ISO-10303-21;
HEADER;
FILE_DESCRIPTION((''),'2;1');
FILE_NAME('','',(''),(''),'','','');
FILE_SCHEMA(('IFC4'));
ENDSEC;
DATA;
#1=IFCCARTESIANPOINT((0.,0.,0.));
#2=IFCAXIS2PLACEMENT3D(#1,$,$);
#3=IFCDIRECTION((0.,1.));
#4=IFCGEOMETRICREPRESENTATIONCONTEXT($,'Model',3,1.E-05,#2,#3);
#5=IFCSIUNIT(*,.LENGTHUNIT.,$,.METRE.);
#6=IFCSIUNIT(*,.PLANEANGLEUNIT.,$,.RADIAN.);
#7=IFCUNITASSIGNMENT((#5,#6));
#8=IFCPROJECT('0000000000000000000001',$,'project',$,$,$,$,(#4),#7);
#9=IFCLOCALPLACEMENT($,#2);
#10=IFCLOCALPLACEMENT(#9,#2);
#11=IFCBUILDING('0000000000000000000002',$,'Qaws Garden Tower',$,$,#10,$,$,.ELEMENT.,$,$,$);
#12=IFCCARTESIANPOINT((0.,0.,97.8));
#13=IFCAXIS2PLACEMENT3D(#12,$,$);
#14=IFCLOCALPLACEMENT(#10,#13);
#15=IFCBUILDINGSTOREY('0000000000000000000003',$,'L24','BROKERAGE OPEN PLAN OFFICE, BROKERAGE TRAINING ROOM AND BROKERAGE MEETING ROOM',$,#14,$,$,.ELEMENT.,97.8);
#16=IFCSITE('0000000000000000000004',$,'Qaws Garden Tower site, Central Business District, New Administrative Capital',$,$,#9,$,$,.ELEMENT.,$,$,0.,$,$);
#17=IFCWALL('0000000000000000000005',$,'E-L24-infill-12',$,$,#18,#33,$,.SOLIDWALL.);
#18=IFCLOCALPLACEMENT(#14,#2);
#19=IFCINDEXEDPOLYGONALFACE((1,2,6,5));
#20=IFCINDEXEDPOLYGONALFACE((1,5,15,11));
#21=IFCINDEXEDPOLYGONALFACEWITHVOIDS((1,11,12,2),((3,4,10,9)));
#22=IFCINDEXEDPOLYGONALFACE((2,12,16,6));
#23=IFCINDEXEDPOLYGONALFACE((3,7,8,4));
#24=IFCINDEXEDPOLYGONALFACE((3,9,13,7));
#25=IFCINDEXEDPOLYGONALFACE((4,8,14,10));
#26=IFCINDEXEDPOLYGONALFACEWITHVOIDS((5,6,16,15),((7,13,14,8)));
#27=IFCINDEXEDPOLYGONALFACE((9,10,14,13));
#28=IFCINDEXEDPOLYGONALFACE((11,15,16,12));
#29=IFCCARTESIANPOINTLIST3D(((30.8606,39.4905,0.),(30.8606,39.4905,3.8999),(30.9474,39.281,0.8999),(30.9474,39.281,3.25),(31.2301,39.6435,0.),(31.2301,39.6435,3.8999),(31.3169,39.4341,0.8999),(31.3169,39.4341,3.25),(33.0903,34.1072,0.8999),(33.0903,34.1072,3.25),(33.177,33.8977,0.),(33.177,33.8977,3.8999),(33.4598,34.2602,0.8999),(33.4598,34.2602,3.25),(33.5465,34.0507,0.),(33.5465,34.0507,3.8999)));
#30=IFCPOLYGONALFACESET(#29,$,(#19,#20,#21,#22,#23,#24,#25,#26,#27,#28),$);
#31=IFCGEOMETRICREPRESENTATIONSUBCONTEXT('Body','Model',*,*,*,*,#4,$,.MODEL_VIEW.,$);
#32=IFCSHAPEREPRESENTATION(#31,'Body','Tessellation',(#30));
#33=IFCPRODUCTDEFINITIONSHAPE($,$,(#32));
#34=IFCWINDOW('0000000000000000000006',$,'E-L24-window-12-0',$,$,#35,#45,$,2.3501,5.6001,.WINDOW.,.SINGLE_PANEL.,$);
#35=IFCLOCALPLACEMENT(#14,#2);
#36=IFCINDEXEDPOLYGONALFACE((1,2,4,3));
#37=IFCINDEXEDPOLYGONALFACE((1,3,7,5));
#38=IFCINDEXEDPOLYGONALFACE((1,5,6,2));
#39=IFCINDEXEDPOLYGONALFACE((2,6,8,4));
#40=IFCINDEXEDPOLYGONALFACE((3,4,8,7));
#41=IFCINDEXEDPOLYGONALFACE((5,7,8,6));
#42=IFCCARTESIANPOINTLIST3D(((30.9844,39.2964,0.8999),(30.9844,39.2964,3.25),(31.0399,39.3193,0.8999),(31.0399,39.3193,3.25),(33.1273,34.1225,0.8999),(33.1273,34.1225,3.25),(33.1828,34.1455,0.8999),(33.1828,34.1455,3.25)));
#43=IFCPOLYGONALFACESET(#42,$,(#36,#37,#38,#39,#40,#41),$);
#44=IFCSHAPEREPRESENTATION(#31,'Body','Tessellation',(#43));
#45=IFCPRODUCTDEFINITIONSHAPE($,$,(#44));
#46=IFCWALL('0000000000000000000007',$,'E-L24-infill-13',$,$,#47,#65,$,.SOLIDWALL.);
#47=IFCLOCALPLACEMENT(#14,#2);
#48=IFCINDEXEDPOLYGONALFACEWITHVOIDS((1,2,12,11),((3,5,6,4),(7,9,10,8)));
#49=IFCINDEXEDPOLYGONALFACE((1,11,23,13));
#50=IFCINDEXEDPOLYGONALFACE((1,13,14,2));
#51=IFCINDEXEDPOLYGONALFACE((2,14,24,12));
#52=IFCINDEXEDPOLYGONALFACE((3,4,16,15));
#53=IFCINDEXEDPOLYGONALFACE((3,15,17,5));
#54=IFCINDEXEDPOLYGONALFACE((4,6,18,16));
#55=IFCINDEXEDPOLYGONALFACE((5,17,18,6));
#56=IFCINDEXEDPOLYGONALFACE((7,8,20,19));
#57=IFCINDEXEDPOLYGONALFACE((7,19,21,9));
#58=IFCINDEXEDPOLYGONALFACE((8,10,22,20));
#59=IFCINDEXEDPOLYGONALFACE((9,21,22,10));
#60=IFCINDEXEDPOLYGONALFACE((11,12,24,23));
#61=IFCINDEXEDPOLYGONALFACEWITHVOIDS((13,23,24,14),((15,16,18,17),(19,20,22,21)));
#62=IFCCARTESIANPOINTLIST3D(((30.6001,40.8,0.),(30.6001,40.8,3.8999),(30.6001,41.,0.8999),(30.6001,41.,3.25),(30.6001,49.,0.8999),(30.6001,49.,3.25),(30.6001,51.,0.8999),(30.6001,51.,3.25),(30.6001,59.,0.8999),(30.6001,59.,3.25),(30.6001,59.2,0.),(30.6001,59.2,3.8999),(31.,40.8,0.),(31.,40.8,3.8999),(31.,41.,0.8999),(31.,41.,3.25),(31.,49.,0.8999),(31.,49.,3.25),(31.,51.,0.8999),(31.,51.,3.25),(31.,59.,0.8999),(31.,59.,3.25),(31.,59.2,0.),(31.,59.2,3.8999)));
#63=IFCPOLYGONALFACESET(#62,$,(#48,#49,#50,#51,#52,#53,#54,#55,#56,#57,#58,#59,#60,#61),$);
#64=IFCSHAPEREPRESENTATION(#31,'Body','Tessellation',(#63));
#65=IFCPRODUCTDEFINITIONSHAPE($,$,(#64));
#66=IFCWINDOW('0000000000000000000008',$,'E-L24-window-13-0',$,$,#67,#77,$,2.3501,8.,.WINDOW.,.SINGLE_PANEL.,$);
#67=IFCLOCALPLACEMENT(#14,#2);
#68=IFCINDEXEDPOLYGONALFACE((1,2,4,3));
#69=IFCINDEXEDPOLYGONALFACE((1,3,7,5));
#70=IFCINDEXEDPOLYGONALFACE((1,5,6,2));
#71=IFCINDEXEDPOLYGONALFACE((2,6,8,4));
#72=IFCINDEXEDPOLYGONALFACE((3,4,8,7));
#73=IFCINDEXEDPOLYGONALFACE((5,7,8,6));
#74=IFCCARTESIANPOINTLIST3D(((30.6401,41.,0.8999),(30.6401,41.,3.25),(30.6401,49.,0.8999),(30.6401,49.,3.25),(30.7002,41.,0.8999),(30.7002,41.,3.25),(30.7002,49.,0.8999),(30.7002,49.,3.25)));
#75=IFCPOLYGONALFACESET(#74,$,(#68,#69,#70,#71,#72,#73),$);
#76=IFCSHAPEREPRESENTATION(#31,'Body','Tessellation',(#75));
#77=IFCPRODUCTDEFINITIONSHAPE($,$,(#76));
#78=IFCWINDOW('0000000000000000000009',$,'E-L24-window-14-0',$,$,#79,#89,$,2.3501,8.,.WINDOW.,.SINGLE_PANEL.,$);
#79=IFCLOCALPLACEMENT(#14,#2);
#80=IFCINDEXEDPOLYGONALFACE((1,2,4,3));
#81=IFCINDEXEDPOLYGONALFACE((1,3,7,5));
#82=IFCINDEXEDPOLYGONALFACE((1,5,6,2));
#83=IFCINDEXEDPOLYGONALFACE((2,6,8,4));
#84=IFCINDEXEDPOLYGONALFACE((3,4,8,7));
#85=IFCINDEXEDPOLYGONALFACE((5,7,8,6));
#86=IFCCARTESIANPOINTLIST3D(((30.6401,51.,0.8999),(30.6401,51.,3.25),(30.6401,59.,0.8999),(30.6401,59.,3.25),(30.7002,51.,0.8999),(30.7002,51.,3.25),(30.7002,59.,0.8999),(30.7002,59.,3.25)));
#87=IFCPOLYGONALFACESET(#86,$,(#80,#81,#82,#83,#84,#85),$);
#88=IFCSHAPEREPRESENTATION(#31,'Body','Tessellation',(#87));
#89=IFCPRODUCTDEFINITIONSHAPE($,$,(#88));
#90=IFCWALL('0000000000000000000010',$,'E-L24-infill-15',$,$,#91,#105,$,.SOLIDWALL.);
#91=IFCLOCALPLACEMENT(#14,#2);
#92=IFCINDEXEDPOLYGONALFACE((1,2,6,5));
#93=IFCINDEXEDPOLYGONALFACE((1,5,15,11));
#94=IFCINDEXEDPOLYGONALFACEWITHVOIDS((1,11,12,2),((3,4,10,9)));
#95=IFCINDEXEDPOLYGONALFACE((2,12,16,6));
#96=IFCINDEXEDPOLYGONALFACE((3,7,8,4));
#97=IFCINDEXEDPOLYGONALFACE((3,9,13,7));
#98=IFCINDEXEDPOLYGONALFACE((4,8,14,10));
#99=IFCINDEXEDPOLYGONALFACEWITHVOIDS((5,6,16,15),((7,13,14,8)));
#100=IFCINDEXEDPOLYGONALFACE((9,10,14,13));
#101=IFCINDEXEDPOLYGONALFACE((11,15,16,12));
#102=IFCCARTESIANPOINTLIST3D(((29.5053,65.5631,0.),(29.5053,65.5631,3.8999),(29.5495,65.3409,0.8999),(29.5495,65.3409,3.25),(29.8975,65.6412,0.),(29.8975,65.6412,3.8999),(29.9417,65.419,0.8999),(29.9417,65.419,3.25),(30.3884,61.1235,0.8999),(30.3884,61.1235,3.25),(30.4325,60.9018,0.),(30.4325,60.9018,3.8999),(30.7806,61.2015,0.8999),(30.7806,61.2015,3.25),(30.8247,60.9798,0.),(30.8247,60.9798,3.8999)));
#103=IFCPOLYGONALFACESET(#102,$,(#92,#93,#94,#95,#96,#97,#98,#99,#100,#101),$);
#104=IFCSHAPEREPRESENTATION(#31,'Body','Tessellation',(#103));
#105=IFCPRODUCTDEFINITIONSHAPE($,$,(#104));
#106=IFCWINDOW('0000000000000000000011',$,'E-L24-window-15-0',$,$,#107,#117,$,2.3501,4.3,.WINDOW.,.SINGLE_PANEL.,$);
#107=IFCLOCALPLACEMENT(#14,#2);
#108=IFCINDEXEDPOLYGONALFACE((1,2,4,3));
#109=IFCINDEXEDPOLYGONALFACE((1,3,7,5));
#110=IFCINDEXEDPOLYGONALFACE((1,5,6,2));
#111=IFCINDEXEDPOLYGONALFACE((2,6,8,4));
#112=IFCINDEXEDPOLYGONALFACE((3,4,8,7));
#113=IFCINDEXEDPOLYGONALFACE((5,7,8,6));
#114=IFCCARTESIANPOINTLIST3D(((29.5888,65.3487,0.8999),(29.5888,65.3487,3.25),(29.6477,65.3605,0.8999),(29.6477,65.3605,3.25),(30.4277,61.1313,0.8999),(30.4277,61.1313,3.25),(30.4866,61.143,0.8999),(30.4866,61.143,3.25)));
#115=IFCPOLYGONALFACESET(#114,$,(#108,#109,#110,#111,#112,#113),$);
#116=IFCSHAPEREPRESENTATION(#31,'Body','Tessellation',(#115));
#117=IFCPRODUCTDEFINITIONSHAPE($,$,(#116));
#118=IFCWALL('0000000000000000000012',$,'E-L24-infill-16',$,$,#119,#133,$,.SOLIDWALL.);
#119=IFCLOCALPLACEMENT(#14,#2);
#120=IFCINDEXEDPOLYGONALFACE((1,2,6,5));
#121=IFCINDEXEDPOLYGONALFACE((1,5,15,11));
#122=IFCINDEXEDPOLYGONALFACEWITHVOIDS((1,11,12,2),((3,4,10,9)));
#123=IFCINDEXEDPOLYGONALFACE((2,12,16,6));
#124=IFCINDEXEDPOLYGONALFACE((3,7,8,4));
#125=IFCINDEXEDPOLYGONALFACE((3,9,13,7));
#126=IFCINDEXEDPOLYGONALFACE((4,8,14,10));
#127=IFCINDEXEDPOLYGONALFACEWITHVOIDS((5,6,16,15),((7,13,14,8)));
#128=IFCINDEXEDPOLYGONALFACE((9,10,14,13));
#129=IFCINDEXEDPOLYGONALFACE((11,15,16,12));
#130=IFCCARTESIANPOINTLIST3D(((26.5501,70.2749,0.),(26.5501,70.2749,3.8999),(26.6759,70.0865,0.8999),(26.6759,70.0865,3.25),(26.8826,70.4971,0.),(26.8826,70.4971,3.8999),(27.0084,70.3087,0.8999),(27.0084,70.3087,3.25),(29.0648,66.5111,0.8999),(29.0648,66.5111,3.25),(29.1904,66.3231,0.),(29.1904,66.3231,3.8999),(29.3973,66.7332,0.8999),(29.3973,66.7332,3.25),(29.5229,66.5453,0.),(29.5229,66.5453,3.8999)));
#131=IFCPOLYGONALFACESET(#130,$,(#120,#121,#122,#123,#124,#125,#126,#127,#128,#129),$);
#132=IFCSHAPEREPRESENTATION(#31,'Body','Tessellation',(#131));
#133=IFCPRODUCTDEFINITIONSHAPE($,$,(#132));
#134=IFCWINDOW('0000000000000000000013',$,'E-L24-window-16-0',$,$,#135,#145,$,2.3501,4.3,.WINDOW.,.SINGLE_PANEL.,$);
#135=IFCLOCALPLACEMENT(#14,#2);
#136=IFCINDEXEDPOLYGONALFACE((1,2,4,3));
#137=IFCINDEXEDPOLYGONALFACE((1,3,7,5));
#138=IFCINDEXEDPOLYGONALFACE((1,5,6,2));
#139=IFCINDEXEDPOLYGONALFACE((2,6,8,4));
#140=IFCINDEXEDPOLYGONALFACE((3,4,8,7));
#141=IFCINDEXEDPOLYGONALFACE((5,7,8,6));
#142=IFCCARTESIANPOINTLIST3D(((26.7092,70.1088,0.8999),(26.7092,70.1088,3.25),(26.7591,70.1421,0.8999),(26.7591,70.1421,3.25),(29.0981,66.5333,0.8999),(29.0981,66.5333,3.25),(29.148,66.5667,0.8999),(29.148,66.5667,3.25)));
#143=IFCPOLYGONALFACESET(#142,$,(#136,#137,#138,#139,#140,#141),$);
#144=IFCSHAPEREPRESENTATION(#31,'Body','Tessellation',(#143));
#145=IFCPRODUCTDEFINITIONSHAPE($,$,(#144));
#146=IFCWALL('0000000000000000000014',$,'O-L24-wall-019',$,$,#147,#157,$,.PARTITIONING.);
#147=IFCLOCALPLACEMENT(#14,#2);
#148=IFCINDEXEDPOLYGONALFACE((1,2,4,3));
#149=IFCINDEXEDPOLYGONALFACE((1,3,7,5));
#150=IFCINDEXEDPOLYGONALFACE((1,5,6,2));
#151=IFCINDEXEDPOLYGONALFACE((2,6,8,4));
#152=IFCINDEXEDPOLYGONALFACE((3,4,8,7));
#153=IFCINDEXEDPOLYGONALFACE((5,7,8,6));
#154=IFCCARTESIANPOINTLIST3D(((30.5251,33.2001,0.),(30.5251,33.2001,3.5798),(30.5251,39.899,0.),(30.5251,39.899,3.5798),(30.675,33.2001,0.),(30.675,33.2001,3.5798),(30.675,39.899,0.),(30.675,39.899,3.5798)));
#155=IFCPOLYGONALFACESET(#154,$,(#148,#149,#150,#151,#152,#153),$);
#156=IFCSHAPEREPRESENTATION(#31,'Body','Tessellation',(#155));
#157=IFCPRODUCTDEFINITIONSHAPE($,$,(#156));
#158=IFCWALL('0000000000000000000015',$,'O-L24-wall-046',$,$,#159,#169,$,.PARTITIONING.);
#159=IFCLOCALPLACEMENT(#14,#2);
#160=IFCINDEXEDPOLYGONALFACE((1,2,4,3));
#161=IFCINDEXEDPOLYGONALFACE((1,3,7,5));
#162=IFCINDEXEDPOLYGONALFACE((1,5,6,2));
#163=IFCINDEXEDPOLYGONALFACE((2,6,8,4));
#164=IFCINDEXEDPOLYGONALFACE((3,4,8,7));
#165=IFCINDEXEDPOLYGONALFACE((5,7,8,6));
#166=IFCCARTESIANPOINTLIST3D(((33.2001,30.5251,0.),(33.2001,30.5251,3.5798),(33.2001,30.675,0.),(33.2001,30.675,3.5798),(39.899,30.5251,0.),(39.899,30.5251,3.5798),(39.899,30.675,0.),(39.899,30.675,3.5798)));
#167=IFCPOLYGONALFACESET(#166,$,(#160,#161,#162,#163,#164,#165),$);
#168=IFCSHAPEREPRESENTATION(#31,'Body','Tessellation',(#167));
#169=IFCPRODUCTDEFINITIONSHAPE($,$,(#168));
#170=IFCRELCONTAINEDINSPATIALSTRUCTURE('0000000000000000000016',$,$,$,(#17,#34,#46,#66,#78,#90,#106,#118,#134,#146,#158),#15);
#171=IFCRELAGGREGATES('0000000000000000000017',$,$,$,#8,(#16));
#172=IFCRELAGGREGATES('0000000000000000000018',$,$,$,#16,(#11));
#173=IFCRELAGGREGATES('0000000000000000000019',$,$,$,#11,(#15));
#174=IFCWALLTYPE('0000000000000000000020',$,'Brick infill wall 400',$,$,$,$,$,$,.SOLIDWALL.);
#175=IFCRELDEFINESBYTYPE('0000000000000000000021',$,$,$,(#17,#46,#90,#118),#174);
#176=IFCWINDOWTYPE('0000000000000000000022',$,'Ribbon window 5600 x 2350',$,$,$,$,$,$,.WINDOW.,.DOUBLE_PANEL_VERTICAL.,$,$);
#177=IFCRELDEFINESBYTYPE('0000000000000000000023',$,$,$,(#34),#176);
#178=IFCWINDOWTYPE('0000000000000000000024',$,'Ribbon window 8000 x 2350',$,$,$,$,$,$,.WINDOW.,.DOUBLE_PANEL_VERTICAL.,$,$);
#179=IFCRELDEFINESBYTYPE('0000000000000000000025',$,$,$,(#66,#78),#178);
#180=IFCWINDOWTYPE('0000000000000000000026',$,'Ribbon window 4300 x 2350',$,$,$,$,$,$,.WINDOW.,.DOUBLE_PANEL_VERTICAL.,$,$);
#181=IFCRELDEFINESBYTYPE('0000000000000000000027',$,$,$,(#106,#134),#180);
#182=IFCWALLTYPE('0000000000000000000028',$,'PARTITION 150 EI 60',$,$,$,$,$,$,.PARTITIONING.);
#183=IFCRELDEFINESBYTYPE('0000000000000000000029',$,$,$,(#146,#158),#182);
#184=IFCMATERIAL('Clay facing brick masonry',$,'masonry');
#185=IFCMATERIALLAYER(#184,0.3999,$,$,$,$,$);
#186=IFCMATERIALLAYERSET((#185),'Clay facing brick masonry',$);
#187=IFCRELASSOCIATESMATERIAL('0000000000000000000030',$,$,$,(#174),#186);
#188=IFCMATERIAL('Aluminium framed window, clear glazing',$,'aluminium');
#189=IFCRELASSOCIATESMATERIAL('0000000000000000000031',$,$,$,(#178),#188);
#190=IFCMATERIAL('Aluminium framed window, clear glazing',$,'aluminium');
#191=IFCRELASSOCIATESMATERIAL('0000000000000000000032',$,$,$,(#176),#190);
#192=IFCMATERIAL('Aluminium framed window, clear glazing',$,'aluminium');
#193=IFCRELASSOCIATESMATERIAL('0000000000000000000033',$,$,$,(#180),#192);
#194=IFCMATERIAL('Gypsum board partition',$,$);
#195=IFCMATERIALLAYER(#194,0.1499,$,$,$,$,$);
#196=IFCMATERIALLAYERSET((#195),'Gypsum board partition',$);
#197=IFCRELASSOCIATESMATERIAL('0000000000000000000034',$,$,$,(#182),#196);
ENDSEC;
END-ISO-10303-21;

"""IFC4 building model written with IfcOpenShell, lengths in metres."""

from ifc_helpers import new_model, si_unit, direction, frame, frame_2d, origin, place, context, subcontext, project, spatial, rectangle, extrude, material, layer, layer_set, type_object, element, fill, save


model = new_model("IFC4")

# Units and contexts
model_context = context("Model", 3, precision=1e-05, world=origin(), true_north=direction((0.0, 1.0)))
body_context = subcontext(model_context, "Body", "Model", "MODEL_VIEW")
ifc_project = project(units=[si_unit("LENGTHUNIT", "METRE"), si_unit("PLANEANGLEUNIT", "RADIAN")], contexts=[model_context])

# Site, building, storey
site_placement = place(None, origin())
site = spatial("IfcSite", under=ifc_project, at=site_placement, Name="Qaws Garden Tower site, Central Business District, New Administrative Capital", CompositionType="ELEMENT", RefElevation=0.0)
building_placement = place(site_placement, origin())
building = spatial("IfcBuilding", under=site, at=building_placement, Name="Qaws Garden Tower", CompositionType="ELEMENT")
storey_placement = place(building_placement, frame((0.0, 0.0, 97.8)))
storey = spatial("IfcBuildingStorey", under=building, at=storey_placement, Name="L24", Description="BROKERAGE OPEN PLAN OFFICE, BROKERAGE TRAINING ROOM AND BROKERAGE MEETING ROOM", CompositionType="ELEMENT", Elevation=97.8)

# Shared definitions
ifc_material_1 = material(Name="Clay facing brick masonry", Category="masonry")
ifc_layer_1 = layer(ifc_material_1, 0.3999)
ifc_layer_set_1 = layer_set([ifc_layer_1], Name="Clay facing brick masonry")
wall_type_1 = type_object("IfcWallType", Name="Brick infill wall 400", PredefinedType="SOLIDWALL", material=ifc_layer_set_1)
ifc_material_2 = material(Name="Aluminium framed window, clear glazing", Category="aluminium")
window_type_1 = type_object("IfcWindowType", Name="Ribbon window 8000 x 2350", PartitioningType="DOUBLE_PANEL_VERTICAL", PredefinedType="WINDOW", material=ifc_material_2)

# Wall, opening, window
ifc_material_3 = material(Name="Aluminium framed window, clear glazing", Category="aluminium")
window_type_2 = type_object("IfcWindowType", Name="Ribbon window 5600 x 2350", PartitioningType="DOUBLE_PANEL_VERTICAL", PredefinedType="WINDOW", material=ifc_material_3)
wall_1_placement = place(storey_placement, frame((33.3618, 33.9741, 0.0), z_axis=(0.0, 0.0, 1.0), x_axis=(-0.382656, 0.923891, 0.0)))
wall_1 = element("IfcWall", 1, at=wall_1_placement, inside=storey, type_object=wall_type_1, Name="E-L24-infill-12", PredefinedType="SOLIDWALL", context=body_context, shape_type="SweptSolid", body=[
    extrude(rectangle(XDim=6.0535, YDim=0.3999, at=frame_2d((3.0269, 0.0))), origin(), (0.0, 0.0, 1.0), 3.8999),
])
opening_1_placement = place(wall_1_placement, frame((0.2268, 0.0, 0.8999)))
opening_1 = element("IfcOpeningElement", 2, at=opening_1_placement, cuts=wall_1, PredefinedType="OPENING", context=body_context, shape_type="SweptSolid", body=[
    extrude(rectangle(XDim=5.6001, YDim=2.3501, at=frame_2d((2.8, 1.175))), frame((0.0, 0.21, 0.0), z_axis=(0.0, -1.0, 0.0), x_axis=(1.0, 0.0, 0.0)), (0.0, 0.0, 1.0), 0.4199),
])
window_1_placement = place(opening_1_placement, origin())
window_1 = element("IfcWindow", 3, at=window_1_placement, inside=storey, type_object=window_type_2, Name="E-L24-window-12-0", OverallHeight=2.3501, OverallWidth=5.6001, PartitioningType="SINGLE_PANEL", PredefinedType="WINDOW", context=body_context, shape_type="SweptSolid", body=[
    extrude(rectangle(XDim=5.6001, YDim=2.3501, at=frame_2d((2.8, 1.175))), frame((0.0, 0.1599, 0.0), z_axis=(0.0, -1.0, 0.0), x_axis=(1.0, 0.0, 0.0)), (0.0, 0.0, 1.0), 0.0601),
])
fill(opening_1, window_1)

# Wall, openings, windows
wall_2_placement = place(storey_placement, frame((30.8, 40.8, 0.0), z_axis=(0.0, 0.0, 1.0), x_axis=(0.0, 1.0, 0.0)))
wall_2 = element("IfcWall", 4, at=wall_2_placement, inside=storey, type_object=wall_type_1, Name="E-L24-infill-13", PredefinedType="SOLIDWALL", context=body_context, shape_type="SweptSolid", body=[
    extrude(rectangle(XDim=18.3999, YDim=0.3999, at=frame_2d((9.2, 0.0))), origin(), (0.0, 0.0, 1.0), 3.8999),
])
opening_2_placement = place(wall_2_placement, frame((0.2, 0.0, 0.8999)))
opening_2 = element("IfcOpeningElement", 5, at=opening_2_placement, cuts=wall_2, PredefinedType="OPENING", context=body_context, shape_type="SweptSolid", body=[
    extrude(rectangle(XDim=8.0, YDim=2.3501, at=frame_2d((4.0, 1.175))), frame((0.0, 0.21, 0.0), z_axis=(0.0, -1.0, 0.0), x_axis=(1.0, 0.0, 0.0)), (0.0, 0.0, 1.0), 0.4199),
])
opening_3_placement = place(wall_2_placement, frame((10.2, 0.0, 0.8999)))
opening_3 = element("IfcOpeningElement", 6, at=opening_3_placement, cuts=wall_2, PredefinedType="OPENING", context=body_context, shape_type="SweptSolid", body=[
    extrude(rectangle(XDim=8.0, YDim=2.3501, at=frame_2d((4.0, 1.175))), frame((0.0, 0.21, 0.0), z_axis=(0.0, -1.0, 0.0), x_axis=(1.0, 0.0, 0.0)), (0.0, 0.0, 1.0), 0.4199),
])
window_2_placement = place(opening_2_placement, origin())
window_2 = element("IfcWindow", 7, at=window_2_placement, inside=storey, type_object=window_type_1, Name="E-L24-window-13-0", OverallHeight=2.3501, OverallWidth=8.0, PartitioningType="SINGLE_PANEL", PredefinedType="WINDOW", context=body_context, shape_type="SweptSolid", body=[
    extrude(rectangle(XDim=8.0, YDim=2.3501, at=frame_2d((4.0, 1.175))), frame((0.0, 0.1599, 0.0), z_axis=(0.0, -1.0, 0.0), x_axis=(1.0, 0.0, 0.0)), (0.0, 0.0, 1.0), 0.0601),
])
fill(opening_2, window_2)
window_3_placement = place(opening_3_placement, origin())
window_3 = element("IfcWindow", 8, at=window_3_placement, inside=storey, type_object=window_type_1, Name="E-L24-window-14-0", OverallHeight=2.3501, OverallWidth=8.0, PartitioningType="SINGLE_PANEL", PredefinedType="WINDOW", context=body_context, shape_type="SweptSolid", body=[
    extrude(rectangle(XDim=8.0, YDim=2.3501, at=frame_2d((4.0, 1.175))), frame((0.0, 0.1599, 0.0), z_axis=(0.0, -1.0, 0.0), x_axis=(1.0, 0.0, 0.0)), (0.0, 0.0, 1.0), 0.0601),
])
fill(opening_3, window_3)

# Walls, openings, windows
wall_3_placement = place(storey_placement, frame((30.6287, 60.9407, 0.0), z_axis=(0.0, 0.0, 1.0), x_axis=(-0.195099, 0.980784, 0.0)))
wall_3 = element("IfcWall", 9, at=wall_3_placement, inside=storey, type_object=wall_type_1, Name="E-L24-infill-15", PredefinedType="SOLIDWALL", context=body_context, shape_type="SweptSolid", body=[
    extrude(rectangle(XDim=4.7527, YDim=0.3999, at=frame_2d((2.3765, 0.0))), origin(), (0.0, 0.0, 1.0), 3.8999),
])
opening_4_placement = place(wall_3_placement, frame((0.2263, 0.0, 0.8999)))
opening_4 = element("IfcOpeningElement", 10, at=opening_4_placement, cuts=wall_3, PredefinedType="OPENING", context=body_context, shape_type="SweptSolid", body=[
    extrude(rectangle(XDim=4.3, YDim=2.3501, at=frame_2d((2.1499, 1.175))), frame((0.0, 0.21, 0.0), z_axis=(0.0, -1.0, 0.0), x_axis=(1.0, 0.0, 0.0)), (0.0, 0.0, 1.0), 0.4199),
])
ifc_material_4 = material(Name="Aluminium framed window, clear glazing", Category="aluminium")
window_type_3 = type_object("IfcWindowType", Name="Ribbon window 4300 x 2350", PartitioningType="DOUBLE_PANEL_VERTICAL", PredefinedType="WINDOW", material=ifc_material_4)
window_4_placement = place(opening_4_placement, origin())
window_4 = element("IfcWindow", 11, at=window_4_placement, inside=storey, type_object=window_type_3, Name="E-L24-window-15-0", OverallHeight=2.3501, OverallWidth=4.3, PartitioningType="SINGLE_PANEL", PredefinedType="WINDOW", context=body_context, shape_type="SweptSolid", body=[
    extrude(rectangle(XDim=4.3, YDim=2.3501, at=frame_2d((2.1499, 1.175))), frame((0.0, 0.1599, 0.0), z_axis=(0.0, -1.0, 0.0), x_axis=(1.0, 0.0, 0.0)), (0.0, 0.0, 1.0), 0.0601),
])
fill(opening_4, window_4)
wall_4_placement = place(storey_placement, frame((29.3567, 66.4341, 0.0), z_axis=(0.0, 0.0, 1.0), x_axis=(-0.555542, 0.831489, 0.0)))
wall_4 = element("IfcWall", 12, at=wall_4_placement, inside=storey, type_object=wall_type_1, Name="E-L24-infill-16", PredefinedType="SOLIDWALL", context=body_context, shape_type="SweptSolid", body=[
    extrude(rectangle(XDim=4.7527, YDim=0.3999, at=frame_2d((2.3765, 0.0))), origin(), (0.0, 0.0, 1.0), 3.8999),
])
opening_5_placement = place(wall_4_placement, frame((0.2263, 0.0, 0.8999)))
opening_5 = element("IfcOpeningElement", 13, at=opening_5_placement, cuts=wall_4, PredefinedType="OPENING", context=body_context, shape_type="SweptSolid", body=[
    extrude(rectangle(XDim=4.3, YDim=2.3501, at=frame_2d((2.1499, 1.175))), frame((0.0, 0.21, 0.0), z_axis=(0.0, -1.0, 0.0), x_axis=(1.0, 0.0, 0.0)), (0.0, 0.0, 1.0), 0.4199),
])
window_5_placement = place(opening_5_placement, origin())
window_5 = element("IfcWindow", 14, at=window_5_placement, inside=storey, type_object=window_type_3, Name="E-L24-window-16-0", OverallHeight=2.3501, OverallWidth=4.3, PartitioningType="SINGLE_PANEL", PredefinedType="WINDOW", context=body_context, shape_type="SweptSolid", body=[
    extrude(rectangle(XDim=4.3, YDim=2.3501, at=frame_2d((2.1499, 1.175))), frame((0.0, 0.1599, 0.0), z_axis=(0.0, -1.0, 0.0), x_axis=(1.0, 0.0, 0.0)), (0.0, 0.0, 1.0), 0.0601),
])
fill(opening_5, window_5)

# Walls
ifc_material_5 = material(Name="Gypsum board partition")
ifc_layer_2 = layer(ifc_material_5, 0.1499)
ifc_layer_set_2 = layer_set([ifc_layer_2], Name="Gypsum board partition")
wall_type_2 = type_object("IfcWallType", Name="PARTITION 150 EI 60", PredefinedType="PARTITIONING", material=ifc_layer_set_2)
for number, where, z_axis, x_axis, name in (
    (15, (30.6001, 33.2, 0.0), (0.0, 0.0, 1.0), (0.0, 1.0, 0.0), "O-L24-wall-019"),
    (16, (33.2, 30.6001, 0.0), (0.0, 0.0, 1.0), (1.0, 0.0, 0.0), "O-L24-wall-046"),
):
    element("IfcWall", number, at=place(storey_placement, frame(where, z_axis=z_axis, x_axis=x_axis)), inside=storey, type_object=wall_type_2, Name=name, PredefinedType="PARTITIONING", context=body_context, shape_type="SweptSolid", body=[
        extrude(rectangle(XDim=6.699, YDim=0.1499, at=frame_2d((3.3496, 0.0))), origin(), (0.0, 0.0, 1.0), 3.5798),
    ])

save(model, "model.ifc")
